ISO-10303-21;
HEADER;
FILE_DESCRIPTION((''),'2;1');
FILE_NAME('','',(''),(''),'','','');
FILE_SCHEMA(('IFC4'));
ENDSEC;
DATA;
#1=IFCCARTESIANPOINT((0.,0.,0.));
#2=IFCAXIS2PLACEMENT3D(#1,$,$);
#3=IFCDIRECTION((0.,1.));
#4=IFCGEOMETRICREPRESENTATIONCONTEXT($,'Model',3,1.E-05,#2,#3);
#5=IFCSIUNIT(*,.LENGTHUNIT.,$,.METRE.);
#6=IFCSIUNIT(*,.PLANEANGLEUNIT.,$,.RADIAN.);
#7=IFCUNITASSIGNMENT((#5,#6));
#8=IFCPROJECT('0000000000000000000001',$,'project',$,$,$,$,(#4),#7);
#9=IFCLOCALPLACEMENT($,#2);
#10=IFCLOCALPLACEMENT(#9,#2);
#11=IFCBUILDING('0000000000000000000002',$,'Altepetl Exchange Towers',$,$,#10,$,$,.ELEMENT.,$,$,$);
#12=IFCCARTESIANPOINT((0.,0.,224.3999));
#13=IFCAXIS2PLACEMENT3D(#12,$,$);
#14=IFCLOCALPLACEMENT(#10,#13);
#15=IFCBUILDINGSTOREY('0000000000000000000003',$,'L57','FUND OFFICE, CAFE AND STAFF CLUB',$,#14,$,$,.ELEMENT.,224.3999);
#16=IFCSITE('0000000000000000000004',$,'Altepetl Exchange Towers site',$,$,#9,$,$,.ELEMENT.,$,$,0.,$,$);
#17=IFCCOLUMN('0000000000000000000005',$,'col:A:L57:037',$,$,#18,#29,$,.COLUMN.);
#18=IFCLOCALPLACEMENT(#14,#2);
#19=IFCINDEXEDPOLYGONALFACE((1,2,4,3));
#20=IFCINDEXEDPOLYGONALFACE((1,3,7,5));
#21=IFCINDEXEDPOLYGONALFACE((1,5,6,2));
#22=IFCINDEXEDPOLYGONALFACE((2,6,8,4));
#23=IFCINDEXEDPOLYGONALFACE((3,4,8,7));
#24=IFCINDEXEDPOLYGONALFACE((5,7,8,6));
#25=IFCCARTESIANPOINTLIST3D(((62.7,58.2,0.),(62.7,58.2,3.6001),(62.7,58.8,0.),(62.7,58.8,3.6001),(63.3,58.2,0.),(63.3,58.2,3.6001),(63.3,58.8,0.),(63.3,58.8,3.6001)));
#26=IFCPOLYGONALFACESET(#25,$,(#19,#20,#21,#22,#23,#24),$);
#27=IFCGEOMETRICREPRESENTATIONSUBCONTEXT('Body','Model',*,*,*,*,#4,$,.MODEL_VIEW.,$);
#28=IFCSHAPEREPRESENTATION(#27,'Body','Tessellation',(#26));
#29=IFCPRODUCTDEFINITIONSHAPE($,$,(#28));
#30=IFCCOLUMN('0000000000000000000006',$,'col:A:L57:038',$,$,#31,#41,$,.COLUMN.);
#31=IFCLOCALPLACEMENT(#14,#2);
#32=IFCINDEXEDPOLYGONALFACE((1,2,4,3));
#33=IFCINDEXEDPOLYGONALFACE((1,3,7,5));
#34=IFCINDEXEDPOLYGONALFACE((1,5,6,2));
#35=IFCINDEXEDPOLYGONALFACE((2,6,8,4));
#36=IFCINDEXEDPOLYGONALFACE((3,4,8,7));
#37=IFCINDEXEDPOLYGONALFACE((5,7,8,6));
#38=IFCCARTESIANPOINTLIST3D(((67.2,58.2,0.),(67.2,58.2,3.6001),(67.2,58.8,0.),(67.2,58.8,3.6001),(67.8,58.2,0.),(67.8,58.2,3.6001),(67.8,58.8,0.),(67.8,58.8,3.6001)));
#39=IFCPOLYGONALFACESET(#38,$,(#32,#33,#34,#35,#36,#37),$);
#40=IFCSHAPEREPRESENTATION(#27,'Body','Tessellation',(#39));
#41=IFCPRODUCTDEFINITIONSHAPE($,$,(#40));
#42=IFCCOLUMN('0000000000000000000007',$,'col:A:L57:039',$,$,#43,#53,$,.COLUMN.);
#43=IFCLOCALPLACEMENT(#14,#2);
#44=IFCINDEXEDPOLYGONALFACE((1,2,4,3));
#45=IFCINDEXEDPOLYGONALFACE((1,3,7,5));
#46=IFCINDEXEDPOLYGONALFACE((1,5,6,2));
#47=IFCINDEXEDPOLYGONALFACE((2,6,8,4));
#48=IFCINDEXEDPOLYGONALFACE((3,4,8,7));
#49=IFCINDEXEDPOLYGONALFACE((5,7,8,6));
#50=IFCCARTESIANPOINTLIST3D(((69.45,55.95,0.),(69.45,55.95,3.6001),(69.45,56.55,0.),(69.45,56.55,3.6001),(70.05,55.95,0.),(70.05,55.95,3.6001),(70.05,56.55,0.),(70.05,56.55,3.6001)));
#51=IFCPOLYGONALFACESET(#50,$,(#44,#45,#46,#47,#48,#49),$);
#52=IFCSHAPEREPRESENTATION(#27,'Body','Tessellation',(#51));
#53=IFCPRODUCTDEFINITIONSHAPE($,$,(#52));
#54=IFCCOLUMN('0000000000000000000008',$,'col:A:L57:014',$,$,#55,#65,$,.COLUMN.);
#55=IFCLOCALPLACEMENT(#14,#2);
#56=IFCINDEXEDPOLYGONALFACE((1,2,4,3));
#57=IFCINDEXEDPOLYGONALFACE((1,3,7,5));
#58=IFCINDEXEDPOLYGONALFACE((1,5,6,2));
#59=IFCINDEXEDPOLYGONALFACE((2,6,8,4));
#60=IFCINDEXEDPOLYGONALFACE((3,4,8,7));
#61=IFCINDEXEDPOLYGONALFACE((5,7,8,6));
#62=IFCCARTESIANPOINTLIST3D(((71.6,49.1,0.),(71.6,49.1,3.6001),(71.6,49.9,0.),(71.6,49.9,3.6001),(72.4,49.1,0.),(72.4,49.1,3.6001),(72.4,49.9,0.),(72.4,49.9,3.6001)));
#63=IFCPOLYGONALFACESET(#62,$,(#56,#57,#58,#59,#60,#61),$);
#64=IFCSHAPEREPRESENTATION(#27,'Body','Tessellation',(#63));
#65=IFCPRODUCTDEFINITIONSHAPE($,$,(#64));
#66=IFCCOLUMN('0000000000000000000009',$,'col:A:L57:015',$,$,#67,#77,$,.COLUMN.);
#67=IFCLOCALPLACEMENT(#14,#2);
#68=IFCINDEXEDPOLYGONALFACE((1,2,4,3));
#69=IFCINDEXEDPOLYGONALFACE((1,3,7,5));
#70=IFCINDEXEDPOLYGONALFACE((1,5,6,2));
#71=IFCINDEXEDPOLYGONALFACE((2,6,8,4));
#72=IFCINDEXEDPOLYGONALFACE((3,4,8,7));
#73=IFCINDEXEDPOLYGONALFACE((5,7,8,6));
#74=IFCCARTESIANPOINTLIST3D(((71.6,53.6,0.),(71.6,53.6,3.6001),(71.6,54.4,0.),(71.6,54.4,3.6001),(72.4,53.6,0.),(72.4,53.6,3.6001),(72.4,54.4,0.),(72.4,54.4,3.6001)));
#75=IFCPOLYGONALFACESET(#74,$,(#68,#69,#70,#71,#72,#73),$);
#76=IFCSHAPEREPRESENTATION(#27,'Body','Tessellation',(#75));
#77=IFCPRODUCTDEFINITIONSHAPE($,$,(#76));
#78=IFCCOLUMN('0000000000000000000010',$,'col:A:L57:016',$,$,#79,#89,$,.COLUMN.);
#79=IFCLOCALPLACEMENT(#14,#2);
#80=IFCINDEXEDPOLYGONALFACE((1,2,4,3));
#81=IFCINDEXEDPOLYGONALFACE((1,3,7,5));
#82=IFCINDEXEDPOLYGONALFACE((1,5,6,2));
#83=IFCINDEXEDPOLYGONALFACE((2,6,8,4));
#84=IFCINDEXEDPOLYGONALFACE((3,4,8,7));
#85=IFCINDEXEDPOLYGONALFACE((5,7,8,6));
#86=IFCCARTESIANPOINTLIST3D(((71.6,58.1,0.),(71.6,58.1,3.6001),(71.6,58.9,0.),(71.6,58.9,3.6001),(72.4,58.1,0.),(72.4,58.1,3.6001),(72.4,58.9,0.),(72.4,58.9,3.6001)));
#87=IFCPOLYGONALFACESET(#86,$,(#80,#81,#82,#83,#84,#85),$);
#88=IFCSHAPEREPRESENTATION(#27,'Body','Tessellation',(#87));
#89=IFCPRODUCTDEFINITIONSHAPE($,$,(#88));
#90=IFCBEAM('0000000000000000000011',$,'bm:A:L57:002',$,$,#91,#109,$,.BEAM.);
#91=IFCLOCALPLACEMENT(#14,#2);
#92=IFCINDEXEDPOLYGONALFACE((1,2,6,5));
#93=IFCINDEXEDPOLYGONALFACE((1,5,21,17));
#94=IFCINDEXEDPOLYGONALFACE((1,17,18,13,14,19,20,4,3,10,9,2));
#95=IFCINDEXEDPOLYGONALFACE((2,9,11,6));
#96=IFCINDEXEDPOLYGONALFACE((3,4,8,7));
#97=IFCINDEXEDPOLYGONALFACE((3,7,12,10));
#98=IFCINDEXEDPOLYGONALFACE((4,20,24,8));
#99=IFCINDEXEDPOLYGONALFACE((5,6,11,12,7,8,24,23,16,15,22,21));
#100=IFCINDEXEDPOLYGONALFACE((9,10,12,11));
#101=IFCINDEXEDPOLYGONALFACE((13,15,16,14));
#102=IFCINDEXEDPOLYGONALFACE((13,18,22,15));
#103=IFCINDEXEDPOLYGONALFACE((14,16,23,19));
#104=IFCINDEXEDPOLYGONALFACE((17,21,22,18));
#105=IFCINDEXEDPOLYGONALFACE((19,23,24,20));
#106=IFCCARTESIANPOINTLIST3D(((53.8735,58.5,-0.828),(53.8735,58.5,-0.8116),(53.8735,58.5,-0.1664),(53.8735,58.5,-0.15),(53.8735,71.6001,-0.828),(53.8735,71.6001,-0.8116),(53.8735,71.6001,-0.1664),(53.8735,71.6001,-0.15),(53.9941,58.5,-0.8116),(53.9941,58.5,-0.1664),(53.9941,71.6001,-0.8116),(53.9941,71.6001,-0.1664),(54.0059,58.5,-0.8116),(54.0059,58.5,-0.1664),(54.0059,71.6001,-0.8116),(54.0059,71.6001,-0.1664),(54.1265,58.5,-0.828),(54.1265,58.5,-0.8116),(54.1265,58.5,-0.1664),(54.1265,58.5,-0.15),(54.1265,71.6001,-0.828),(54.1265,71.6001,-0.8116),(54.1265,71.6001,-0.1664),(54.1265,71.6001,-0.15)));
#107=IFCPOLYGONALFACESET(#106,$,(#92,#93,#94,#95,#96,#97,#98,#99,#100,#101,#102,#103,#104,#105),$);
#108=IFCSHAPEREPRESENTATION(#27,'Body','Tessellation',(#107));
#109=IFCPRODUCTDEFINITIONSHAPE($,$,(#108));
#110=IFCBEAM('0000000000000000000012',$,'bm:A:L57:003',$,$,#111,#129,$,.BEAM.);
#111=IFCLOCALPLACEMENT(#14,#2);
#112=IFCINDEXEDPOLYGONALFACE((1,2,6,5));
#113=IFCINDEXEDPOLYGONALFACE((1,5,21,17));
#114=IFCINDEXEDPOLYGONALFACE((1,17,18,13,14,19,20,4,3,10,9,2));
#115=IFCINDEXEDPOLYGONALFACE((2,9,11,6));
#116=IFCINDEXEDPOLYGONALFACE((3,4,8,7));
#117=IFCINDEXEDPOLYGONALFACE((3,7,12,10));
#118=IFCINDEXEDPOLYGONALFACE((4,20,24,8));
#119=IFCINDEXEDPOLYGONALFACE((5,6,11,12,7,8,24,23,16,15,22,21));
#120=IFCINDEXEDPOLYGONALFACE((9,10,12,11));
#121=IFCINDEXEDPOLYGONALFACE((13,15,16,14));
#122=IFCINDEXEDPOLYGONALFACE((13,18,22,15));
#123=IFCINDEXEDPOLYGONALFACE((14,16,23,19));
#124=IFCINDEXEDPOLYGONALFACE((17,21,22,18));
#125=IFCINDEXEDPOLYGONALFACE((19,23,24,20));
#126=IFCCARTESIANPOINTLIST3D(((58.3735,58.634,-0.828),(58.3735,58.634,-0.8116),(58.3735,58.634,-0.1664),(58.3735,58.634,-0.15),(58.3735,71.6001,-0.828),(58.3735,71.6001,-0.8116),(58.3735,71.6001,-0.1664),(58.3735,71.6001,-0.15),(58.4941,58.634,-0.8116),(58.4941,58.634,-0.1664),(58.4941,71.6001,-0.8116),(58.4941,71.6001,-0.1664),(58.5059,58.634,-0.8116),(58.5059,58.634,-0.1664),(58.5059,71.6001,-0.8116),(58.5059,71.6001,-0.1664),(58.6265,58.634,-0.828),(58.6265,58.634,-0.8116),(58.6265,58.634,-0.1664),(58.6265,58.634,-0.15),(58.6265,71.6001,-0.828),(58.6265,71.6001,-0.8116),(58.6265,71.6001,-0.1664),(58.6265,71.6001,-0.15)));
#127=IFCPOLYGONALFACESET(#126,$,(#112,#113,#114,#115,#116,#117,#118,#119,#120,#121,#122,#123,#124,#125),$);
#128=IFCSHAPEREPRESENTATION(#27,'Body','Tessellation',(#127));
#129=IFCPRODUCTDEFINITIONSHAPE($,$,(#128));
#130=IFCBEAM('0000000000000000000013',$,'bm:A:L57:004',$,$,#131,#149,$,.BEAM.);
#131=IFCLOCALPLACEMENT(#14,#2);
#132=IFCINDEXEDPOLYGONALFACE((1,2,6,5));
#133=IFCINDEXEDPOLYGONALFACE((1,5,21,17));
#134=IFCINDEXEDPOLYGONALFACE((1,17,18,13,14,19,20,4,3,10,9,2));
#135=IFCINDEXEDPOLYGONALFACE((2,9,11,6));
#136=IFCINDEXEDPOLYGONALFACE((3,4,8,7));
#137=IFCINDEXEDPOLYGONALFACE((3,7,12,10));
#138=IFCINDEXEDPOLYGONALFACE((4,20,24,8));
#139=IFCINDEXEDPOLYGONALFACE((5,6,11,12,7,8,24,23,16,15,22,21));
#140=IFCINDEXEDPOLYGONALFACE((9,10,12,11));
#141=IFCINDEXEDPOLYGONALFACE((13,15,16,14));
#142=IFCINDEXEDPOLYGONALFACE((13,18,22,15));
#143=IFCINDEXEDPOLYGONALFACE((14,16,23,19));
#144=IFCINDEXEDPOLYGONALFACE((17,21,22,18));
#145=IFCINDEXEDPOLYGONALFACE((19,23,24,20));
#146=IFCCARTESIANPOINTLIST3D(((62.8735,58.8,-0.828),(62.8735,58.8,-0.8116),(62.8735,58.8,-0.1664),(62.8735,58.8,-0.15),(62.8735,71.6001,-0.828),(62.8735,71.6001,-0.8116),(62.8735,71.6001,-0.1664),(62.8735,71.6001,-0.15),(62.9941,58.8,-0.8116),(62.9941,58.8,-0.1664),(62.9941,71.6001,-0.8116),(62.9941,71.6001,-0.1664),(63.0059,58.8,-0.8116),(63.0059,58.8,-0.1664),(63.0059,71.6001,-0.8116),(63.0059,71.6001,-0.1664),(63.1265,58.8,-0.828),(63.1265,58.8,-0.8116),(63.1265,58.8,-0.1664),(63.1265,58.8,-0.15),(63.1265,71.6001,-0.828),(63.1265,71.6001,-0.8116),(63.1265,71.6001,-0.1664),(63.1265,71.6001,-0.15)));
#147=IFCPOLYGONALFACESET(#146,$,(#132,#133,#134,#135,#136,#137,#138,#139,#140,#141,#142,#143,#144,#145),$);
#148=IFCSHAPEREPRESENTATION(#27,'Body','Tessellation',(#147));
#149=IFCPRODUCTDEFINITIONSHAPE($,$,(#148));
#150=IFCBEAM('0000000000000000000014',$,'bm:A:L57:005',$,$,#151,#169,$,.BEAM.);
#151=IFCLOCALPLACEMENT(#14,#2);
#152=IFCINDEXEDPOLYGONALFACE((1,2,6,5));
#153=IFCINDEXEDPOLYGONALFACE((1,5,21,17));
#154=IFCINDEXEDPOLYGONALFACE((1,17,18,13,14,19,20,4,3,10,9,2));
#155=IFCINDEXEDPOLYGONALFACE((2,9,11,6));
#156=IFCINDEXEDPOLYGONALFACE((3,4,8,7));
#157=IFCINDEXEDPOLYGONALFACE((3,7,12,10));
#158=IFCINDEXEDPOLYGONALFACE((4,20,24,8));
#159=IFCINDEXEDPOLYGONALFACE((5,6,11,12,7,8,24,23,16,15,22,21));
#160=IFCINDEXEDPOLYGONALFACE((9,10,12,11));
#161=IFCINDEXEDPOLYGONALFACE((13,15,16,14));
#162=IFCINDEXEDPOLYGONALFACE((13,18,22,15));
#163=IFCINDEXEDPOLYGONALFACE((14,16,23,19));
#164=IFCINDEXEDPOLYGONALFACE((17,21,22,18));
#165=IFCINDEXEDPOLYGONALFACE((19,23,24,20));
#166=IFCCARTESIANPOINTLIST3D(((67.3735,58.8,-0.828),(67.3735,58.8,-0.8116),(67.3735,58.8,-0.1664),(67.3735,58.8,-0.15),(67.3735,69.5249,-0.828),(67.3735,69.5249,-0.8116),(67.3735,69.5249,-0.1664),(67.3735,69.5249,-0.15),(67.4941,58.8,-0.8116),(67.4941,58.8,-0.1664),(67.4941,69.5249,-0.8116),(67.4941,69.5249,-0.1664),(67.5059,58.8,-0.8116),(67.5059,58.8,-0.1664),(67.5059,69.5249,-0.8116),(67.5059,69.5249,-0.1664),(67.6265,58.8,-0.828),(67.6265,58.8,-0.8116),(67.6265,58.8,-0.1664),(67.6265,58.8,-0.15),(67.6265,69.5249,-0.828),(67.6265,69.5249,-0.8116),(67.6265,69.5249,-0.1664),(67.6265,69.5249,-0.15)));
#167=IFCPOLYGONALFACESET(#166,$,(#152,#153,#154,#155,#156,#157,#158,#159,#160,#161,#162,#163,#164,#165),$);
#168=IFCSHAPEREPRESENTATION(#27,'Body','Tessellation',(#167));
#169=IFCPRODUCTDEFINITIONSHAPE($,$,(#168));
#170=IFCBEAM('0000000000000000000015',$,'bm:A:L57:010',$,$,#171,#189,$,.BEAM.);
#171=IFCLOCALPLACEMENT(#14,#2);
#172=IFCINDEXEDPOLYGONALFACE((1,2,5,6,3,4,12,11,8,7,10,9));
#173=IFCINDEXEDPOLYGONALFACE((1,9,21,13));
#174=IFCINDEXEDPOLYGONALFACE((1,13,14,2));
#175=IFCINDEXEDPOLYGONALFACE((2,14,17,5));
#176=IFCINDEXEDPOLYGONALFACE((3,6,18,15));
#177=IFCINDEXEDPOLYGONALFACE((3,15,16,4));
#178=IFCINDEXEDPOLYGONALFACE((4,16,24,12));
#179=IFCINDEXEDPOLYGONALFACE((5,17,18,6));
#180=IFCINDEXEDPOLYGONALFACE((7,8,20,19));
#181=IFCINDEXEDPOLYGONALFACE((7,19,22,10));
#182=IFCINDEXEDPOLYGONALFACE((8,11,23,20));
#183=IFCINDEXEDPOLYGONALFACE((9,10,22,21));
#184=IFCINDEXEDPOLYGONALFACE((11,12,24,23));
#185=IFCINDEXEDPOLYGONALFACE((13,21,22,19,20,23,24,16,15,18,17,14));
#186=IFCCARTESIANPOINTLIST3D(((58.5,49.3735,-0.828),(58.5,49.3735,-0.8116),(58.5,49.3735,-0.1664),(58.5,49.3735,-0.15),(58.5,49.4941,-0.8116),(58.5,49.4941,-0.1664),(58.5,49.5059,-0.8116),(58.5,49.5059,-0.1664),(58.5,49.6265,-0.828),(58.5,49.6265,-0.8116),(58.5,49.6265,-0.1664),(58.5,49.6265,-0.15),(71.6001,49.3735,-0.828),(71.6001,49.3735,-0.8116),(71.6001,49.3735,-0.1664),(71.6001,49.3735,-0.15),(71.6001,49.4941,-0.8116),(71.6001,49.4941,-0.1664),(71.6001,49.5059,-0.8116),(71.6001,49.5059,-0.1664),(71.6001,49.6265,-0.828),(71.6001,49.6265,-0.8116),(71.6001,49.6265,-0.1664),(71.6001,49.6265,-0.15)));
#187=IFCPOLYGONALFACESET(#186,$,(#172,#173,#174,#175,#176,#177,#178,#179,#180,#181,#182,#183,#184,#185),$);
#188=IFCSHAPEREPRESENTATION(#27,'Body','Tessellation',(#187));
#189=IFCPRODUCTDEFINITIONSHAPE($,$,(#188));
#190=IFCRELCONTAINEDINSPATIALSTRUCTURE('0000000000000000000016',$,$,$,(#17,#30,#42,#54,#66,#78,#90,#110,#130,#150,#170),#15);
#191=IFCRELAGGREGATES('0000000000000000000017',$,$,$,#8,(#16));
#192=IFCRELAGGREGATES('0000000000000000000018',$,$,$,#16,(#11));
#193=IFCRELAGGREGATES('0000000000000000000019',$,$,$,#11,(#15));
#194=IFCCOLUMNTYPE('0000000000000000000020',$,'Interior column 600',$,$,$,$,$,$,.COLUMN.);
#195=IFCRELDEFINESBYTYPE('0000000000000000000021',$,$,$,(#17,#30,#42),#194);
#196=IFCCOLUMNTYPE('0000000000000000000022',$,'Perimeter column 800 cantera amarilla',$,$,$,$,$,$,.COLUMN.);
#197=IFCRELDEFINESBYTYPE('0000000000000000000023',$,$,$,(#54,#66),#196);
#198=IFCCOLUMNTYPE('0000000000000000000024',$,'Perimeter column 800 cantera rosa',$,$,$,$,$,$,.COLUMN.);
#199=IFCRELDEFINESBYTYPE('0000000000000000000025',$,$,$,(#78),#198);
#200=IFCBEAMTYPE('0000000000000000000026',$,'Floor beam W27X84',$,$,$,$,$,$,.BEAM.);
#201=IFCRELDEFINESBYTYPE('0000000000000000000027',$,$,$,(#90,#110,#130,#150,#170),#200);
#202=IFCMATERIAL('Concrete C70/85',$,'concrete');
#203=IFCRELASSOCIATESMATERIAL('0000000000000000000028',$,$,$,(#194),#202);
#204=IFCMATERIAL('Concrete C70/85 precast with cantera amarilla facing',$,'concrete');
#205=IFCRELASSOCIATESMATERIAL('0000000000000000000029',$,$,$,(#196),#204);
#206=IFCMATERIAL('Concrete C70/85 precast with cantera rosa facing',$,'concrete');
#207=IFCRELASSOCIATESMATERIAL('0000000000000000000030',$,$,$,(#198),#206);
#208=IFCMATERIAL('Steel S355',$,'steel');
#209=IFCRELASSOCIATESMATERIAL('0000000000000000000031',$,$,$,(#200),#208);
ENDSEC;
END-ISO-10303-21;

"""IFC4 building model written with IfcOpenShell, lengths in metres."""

from ifc_helpers import new_model, si_unit, direction, frame, origin, origin_2d, place, context, subcontext, project, spatial, rectangle, i_section, extrude, material, material_profile, profile_set, type_object, element, save


model = new_model("IFC4")

# Units and contexts
model_context = context("Model", 3, precision=1e-05, world=origin(), true_north=direction((0.0, 1.0)))
body_context = subcontext(model_context, "Body", "Model", "MODEL_VIEW")
ifc_project = project(units=[si_unit("LENGTHUNIT", "METRE"), si_unit("PLANEANGLEUNIT", "RADIAN")], contexts=[model_context])

# Site, building, storey
site_placement = place(None, origin())
site = spatial("IfcSite", under=ifc_project, at=site_placement, Name="Altepetl Exchange Towers site", CompositionType="ELEMENT", RefElevation=0.0)
building_placement = place(site_placement, origin())
building = spatial("IfcBuilding", under=site, at=building_placement, Name="Altepetl Exchange Towers", CompositionType="ELEMENT")
storey_placement = place(building_placement, frame((0.0, 0.0, 224.3999)))
storey = spatial("IfcBuildingStorey", under=building, at=storey_placement, Name="L57", Description="FUND OFFICE, CAFE AND STAFF CLUB", CompositionType="ELEMENT", Elevation=224.3999)

# Columns
ifc_material_1 = material(Name="Concrete C70/85", Category="concrete")
ifc_material_profile_1 = material_profile(ifc_material_1, rectangle(XDim=0.6001, YDim=0.6001, at=origin_2d()), Name="600 x 600")
ifc_profile_set_1 = profile_set([ifc_material_profile_1], Name="Concrete C70/85")
column_type_1 = type_object("IfcColumnType", Name="Interior column 600", PredefinedType="COLUMN", material=ifc_profile_set_1)
for number, where, name in (
    (1, (63.0, 58.5, 0.0), "col:A:L57:037"),
    (2, (67.5, 58.5, 0.0), "col:A:L57:038"),
    (3, (69.75, 56.25, 0.0), "col:A:L57:039"),
):
    element("IfcColumn", number, at=place(storey_placement, frame(where)), inside=storey, type_object=column_type_1, Name=name, PredefinedType="COLUMN", context=body_context, shape_type="SweptSolid", body=[
        extrude(rectangle(XDim=0.6001, YDim=0.6001, at=origin_2d()), origin(), (0.0, 0.0, 1.0), 3.6001),
    ])
ifc_material_2 = material(Name="Concrete C70/85 precast with cantera amarilla facing", Category="concrete")
ifc_material_profile_2 = material_profile(ifc_material_2, rectangle(XDim=0.8, YDim=0.8, at=origin_2d()), Name="800 x 800")
ifc_profile_set_2 = profile_set([ifc_material_profile_2], Name="Concrete C70/85 precast with cantera amarilla facing")
column_type_2 = type_object("IfcColumnType", Name="Perimeter column 800 cantera amarilla", PredefinedType="COLUMN", material=ifc_profile_set_2)
for number, where, name in (
    (4, (72.0, 49.5, 0.0), "col:A:L57:014"),
    (5, (72.0, 54.0, 0.0), "col:A:L57:015"),
):
    element("IfcColumn", number, at=place(storey_placement, frame(where)), inside=storey, type_object=column_type_2, Name=name, PredefinedType="COLUMN", context=body_context, shape_type="SweptSolid", body=[
        extrude(rectangle(XDim=0.8, YDim=0.8, at=origin_2d()), origin(), (0.0, 0.0, 1.0), 3.6001),
    ])
ifc_material_3 = material(Name="Concrete C70/85 precast with cantera rosa facing", Category="concrete")
ifc_material_profile_3 = material_profile(ifc_material_3, rectangle(XDim=0.8, YDim=0.8, at=origin_2d()), Name="800 x 800")
ifc_profile_set_3 = profile_set([ifc_material_profile_3], Name="Concrete C70/85 precast with cantera rosa facing")
column_type_3 = type_object("IfcColumnType", Name="Perimeter column 800 cantera rosa", PredefinedType="COLUMN", material=ifc_profile_set_3)
column_placement = place(storey_placement, frame((72.0, 58.5, 0.0)))
element("IfcColumn", 6, at=column_placement, inside=storey, type_object=column_type_3, Name="col:A:L57:016", PredefinedType="COLUMN", context=body_context, shape_type="SweptSolid", body=[
    extrude(rectangle(XDim=0.8, YDim=0.8, at=origin_2d()), origin(), (0.0, 0.0, 1.0), 3.6001),
])

# Beams
ifc_material_4 = material(Name="Steel S355", Category="steel")
ifc_material_profile_4 = material_profile(ifc_material_4, i_section(OverallWidth=0.2529, OverallDepth=0.678, WebThickness=0.0117, FlangeThickness=0.0164, at=origin_2d()), Name="W27X84")
ifc_profile_set_4 = profile_set([ifc_material_profile_4], Name="Steel S355")
beam_type_1 = type_object("IfcBeamType", Name="Floor beam W27X84", PredefinedType="BEAM", material=ifc_profile_set_4)
beam_1_placement = place(storey_placement, frame((54.0, 58.5, -0.489), z_axis=(0.0, 1.0, 0.0), x_axis=(-1.0, 0.0, 0.0)))
element("IfcBeam", 7, at=beam_1_placement, inside=storey, type_object=beam_type_1, Name="bm:A:L57:002", PredefinedType="BEAM", context=body_context, shape_type="SweptSolid", body=[
    extrude(i_section(OverallWidth=0.2529, OverallDepth=0.678, WebThickness=0.0117, FlangeThickness=0.0164, at=origin_2d()), origin(), (0.0, 0.0, 1.0), 13.1001),
])
beam_2_placement = place(storey_placement, frame((58.5, 58.634, -0.489), z_axis=(0.0, 1.0, 0.0), x_axis=(-1.0, 0.0, 0.0)))
element("IfcBeam", 8, at=beam_2_placement, inside=storey, type_object=beam_type_1, Name="bm:A:L57:003", PredefinedType="BEAM", context=body_context, shape_type="SweptSolid", body=[
    extrude(i_section(OverallWidth=0.2529, OverallDepth=0.678, WebThickness=0.0117, FlangeThickness=0.0164, at=origin_2d()), origin(), (0.0, 0.0, 1.0), 12.9661),
])
beam_3_placement = place(storey_placement, frame((63.0, 58.8, -0.489), z_axis=(0.0, 1.0, 0.0), x_axis=(-1.0, 0.0, 0.0)))
element("IfcBeam", 9, at=beam_3_placement, inside=storey, type_object=beam_type_1, Name="bm:A:L57:004", PredefinedType="BEAM", context=body_context, shape_type="SweptSolid", body=[
    extrude(i_section(OverallWidth=0.2529, OverallDepth=0.678, WebThickness=0.0117, FlangeThickness=0.0164, at=origin_2d()), origin(), (0.0, 0.0, 1.0), 12.8),
])
beam_4_placement = place(storey_placement, frame((67.5, 58.8, -0.489), z_axis=(0.0, 1.0, 0.0), x_axis=(-1.0, 0.0, 0.0)))
element("IfcBeam", 10, at=beam_4_placement, inside=storey, type_object=beam_type_1, Name="bm:A:L57:005", PredefinedType="BEAM", context=body_context, shape_type="SweptSolid", body=[
    extrude(i_section(OverallWidth=0.2529, OverallDepth=0.678, WebThickness=0.0117, FlangeThickness=0.0164, at=origin_2d()), origin(), (0.0, 0.0, 1.0), 10.7249),
])
for number, where, z_axis, x_axis, name in (
    (11, (58.5, 49.5, -0.489), (1.0, 0.0, 0.0), (0.0, 1.0, 0.0), "bm:A:L57:010"),
):
    element("IfcBeam", number, at=place(storey_placement, frame(where, z_axis=z_axis, x_axis=x_axis)), inside=storey, type_object=beam_type_1, Name=name, PredefinedType="BEAM", context=body_context, shape_type="SweptSolid", body=[
        extrude(i_section(OverallWidth=0.2529, OverallDepth=0.678, WebThickness=0.0117, FlangeThickness=0.0164, at=origin_2d()), origin(), (0.0, 0.0, 1.0), 13.1001),
    ])

save(model, "model.ifc")
